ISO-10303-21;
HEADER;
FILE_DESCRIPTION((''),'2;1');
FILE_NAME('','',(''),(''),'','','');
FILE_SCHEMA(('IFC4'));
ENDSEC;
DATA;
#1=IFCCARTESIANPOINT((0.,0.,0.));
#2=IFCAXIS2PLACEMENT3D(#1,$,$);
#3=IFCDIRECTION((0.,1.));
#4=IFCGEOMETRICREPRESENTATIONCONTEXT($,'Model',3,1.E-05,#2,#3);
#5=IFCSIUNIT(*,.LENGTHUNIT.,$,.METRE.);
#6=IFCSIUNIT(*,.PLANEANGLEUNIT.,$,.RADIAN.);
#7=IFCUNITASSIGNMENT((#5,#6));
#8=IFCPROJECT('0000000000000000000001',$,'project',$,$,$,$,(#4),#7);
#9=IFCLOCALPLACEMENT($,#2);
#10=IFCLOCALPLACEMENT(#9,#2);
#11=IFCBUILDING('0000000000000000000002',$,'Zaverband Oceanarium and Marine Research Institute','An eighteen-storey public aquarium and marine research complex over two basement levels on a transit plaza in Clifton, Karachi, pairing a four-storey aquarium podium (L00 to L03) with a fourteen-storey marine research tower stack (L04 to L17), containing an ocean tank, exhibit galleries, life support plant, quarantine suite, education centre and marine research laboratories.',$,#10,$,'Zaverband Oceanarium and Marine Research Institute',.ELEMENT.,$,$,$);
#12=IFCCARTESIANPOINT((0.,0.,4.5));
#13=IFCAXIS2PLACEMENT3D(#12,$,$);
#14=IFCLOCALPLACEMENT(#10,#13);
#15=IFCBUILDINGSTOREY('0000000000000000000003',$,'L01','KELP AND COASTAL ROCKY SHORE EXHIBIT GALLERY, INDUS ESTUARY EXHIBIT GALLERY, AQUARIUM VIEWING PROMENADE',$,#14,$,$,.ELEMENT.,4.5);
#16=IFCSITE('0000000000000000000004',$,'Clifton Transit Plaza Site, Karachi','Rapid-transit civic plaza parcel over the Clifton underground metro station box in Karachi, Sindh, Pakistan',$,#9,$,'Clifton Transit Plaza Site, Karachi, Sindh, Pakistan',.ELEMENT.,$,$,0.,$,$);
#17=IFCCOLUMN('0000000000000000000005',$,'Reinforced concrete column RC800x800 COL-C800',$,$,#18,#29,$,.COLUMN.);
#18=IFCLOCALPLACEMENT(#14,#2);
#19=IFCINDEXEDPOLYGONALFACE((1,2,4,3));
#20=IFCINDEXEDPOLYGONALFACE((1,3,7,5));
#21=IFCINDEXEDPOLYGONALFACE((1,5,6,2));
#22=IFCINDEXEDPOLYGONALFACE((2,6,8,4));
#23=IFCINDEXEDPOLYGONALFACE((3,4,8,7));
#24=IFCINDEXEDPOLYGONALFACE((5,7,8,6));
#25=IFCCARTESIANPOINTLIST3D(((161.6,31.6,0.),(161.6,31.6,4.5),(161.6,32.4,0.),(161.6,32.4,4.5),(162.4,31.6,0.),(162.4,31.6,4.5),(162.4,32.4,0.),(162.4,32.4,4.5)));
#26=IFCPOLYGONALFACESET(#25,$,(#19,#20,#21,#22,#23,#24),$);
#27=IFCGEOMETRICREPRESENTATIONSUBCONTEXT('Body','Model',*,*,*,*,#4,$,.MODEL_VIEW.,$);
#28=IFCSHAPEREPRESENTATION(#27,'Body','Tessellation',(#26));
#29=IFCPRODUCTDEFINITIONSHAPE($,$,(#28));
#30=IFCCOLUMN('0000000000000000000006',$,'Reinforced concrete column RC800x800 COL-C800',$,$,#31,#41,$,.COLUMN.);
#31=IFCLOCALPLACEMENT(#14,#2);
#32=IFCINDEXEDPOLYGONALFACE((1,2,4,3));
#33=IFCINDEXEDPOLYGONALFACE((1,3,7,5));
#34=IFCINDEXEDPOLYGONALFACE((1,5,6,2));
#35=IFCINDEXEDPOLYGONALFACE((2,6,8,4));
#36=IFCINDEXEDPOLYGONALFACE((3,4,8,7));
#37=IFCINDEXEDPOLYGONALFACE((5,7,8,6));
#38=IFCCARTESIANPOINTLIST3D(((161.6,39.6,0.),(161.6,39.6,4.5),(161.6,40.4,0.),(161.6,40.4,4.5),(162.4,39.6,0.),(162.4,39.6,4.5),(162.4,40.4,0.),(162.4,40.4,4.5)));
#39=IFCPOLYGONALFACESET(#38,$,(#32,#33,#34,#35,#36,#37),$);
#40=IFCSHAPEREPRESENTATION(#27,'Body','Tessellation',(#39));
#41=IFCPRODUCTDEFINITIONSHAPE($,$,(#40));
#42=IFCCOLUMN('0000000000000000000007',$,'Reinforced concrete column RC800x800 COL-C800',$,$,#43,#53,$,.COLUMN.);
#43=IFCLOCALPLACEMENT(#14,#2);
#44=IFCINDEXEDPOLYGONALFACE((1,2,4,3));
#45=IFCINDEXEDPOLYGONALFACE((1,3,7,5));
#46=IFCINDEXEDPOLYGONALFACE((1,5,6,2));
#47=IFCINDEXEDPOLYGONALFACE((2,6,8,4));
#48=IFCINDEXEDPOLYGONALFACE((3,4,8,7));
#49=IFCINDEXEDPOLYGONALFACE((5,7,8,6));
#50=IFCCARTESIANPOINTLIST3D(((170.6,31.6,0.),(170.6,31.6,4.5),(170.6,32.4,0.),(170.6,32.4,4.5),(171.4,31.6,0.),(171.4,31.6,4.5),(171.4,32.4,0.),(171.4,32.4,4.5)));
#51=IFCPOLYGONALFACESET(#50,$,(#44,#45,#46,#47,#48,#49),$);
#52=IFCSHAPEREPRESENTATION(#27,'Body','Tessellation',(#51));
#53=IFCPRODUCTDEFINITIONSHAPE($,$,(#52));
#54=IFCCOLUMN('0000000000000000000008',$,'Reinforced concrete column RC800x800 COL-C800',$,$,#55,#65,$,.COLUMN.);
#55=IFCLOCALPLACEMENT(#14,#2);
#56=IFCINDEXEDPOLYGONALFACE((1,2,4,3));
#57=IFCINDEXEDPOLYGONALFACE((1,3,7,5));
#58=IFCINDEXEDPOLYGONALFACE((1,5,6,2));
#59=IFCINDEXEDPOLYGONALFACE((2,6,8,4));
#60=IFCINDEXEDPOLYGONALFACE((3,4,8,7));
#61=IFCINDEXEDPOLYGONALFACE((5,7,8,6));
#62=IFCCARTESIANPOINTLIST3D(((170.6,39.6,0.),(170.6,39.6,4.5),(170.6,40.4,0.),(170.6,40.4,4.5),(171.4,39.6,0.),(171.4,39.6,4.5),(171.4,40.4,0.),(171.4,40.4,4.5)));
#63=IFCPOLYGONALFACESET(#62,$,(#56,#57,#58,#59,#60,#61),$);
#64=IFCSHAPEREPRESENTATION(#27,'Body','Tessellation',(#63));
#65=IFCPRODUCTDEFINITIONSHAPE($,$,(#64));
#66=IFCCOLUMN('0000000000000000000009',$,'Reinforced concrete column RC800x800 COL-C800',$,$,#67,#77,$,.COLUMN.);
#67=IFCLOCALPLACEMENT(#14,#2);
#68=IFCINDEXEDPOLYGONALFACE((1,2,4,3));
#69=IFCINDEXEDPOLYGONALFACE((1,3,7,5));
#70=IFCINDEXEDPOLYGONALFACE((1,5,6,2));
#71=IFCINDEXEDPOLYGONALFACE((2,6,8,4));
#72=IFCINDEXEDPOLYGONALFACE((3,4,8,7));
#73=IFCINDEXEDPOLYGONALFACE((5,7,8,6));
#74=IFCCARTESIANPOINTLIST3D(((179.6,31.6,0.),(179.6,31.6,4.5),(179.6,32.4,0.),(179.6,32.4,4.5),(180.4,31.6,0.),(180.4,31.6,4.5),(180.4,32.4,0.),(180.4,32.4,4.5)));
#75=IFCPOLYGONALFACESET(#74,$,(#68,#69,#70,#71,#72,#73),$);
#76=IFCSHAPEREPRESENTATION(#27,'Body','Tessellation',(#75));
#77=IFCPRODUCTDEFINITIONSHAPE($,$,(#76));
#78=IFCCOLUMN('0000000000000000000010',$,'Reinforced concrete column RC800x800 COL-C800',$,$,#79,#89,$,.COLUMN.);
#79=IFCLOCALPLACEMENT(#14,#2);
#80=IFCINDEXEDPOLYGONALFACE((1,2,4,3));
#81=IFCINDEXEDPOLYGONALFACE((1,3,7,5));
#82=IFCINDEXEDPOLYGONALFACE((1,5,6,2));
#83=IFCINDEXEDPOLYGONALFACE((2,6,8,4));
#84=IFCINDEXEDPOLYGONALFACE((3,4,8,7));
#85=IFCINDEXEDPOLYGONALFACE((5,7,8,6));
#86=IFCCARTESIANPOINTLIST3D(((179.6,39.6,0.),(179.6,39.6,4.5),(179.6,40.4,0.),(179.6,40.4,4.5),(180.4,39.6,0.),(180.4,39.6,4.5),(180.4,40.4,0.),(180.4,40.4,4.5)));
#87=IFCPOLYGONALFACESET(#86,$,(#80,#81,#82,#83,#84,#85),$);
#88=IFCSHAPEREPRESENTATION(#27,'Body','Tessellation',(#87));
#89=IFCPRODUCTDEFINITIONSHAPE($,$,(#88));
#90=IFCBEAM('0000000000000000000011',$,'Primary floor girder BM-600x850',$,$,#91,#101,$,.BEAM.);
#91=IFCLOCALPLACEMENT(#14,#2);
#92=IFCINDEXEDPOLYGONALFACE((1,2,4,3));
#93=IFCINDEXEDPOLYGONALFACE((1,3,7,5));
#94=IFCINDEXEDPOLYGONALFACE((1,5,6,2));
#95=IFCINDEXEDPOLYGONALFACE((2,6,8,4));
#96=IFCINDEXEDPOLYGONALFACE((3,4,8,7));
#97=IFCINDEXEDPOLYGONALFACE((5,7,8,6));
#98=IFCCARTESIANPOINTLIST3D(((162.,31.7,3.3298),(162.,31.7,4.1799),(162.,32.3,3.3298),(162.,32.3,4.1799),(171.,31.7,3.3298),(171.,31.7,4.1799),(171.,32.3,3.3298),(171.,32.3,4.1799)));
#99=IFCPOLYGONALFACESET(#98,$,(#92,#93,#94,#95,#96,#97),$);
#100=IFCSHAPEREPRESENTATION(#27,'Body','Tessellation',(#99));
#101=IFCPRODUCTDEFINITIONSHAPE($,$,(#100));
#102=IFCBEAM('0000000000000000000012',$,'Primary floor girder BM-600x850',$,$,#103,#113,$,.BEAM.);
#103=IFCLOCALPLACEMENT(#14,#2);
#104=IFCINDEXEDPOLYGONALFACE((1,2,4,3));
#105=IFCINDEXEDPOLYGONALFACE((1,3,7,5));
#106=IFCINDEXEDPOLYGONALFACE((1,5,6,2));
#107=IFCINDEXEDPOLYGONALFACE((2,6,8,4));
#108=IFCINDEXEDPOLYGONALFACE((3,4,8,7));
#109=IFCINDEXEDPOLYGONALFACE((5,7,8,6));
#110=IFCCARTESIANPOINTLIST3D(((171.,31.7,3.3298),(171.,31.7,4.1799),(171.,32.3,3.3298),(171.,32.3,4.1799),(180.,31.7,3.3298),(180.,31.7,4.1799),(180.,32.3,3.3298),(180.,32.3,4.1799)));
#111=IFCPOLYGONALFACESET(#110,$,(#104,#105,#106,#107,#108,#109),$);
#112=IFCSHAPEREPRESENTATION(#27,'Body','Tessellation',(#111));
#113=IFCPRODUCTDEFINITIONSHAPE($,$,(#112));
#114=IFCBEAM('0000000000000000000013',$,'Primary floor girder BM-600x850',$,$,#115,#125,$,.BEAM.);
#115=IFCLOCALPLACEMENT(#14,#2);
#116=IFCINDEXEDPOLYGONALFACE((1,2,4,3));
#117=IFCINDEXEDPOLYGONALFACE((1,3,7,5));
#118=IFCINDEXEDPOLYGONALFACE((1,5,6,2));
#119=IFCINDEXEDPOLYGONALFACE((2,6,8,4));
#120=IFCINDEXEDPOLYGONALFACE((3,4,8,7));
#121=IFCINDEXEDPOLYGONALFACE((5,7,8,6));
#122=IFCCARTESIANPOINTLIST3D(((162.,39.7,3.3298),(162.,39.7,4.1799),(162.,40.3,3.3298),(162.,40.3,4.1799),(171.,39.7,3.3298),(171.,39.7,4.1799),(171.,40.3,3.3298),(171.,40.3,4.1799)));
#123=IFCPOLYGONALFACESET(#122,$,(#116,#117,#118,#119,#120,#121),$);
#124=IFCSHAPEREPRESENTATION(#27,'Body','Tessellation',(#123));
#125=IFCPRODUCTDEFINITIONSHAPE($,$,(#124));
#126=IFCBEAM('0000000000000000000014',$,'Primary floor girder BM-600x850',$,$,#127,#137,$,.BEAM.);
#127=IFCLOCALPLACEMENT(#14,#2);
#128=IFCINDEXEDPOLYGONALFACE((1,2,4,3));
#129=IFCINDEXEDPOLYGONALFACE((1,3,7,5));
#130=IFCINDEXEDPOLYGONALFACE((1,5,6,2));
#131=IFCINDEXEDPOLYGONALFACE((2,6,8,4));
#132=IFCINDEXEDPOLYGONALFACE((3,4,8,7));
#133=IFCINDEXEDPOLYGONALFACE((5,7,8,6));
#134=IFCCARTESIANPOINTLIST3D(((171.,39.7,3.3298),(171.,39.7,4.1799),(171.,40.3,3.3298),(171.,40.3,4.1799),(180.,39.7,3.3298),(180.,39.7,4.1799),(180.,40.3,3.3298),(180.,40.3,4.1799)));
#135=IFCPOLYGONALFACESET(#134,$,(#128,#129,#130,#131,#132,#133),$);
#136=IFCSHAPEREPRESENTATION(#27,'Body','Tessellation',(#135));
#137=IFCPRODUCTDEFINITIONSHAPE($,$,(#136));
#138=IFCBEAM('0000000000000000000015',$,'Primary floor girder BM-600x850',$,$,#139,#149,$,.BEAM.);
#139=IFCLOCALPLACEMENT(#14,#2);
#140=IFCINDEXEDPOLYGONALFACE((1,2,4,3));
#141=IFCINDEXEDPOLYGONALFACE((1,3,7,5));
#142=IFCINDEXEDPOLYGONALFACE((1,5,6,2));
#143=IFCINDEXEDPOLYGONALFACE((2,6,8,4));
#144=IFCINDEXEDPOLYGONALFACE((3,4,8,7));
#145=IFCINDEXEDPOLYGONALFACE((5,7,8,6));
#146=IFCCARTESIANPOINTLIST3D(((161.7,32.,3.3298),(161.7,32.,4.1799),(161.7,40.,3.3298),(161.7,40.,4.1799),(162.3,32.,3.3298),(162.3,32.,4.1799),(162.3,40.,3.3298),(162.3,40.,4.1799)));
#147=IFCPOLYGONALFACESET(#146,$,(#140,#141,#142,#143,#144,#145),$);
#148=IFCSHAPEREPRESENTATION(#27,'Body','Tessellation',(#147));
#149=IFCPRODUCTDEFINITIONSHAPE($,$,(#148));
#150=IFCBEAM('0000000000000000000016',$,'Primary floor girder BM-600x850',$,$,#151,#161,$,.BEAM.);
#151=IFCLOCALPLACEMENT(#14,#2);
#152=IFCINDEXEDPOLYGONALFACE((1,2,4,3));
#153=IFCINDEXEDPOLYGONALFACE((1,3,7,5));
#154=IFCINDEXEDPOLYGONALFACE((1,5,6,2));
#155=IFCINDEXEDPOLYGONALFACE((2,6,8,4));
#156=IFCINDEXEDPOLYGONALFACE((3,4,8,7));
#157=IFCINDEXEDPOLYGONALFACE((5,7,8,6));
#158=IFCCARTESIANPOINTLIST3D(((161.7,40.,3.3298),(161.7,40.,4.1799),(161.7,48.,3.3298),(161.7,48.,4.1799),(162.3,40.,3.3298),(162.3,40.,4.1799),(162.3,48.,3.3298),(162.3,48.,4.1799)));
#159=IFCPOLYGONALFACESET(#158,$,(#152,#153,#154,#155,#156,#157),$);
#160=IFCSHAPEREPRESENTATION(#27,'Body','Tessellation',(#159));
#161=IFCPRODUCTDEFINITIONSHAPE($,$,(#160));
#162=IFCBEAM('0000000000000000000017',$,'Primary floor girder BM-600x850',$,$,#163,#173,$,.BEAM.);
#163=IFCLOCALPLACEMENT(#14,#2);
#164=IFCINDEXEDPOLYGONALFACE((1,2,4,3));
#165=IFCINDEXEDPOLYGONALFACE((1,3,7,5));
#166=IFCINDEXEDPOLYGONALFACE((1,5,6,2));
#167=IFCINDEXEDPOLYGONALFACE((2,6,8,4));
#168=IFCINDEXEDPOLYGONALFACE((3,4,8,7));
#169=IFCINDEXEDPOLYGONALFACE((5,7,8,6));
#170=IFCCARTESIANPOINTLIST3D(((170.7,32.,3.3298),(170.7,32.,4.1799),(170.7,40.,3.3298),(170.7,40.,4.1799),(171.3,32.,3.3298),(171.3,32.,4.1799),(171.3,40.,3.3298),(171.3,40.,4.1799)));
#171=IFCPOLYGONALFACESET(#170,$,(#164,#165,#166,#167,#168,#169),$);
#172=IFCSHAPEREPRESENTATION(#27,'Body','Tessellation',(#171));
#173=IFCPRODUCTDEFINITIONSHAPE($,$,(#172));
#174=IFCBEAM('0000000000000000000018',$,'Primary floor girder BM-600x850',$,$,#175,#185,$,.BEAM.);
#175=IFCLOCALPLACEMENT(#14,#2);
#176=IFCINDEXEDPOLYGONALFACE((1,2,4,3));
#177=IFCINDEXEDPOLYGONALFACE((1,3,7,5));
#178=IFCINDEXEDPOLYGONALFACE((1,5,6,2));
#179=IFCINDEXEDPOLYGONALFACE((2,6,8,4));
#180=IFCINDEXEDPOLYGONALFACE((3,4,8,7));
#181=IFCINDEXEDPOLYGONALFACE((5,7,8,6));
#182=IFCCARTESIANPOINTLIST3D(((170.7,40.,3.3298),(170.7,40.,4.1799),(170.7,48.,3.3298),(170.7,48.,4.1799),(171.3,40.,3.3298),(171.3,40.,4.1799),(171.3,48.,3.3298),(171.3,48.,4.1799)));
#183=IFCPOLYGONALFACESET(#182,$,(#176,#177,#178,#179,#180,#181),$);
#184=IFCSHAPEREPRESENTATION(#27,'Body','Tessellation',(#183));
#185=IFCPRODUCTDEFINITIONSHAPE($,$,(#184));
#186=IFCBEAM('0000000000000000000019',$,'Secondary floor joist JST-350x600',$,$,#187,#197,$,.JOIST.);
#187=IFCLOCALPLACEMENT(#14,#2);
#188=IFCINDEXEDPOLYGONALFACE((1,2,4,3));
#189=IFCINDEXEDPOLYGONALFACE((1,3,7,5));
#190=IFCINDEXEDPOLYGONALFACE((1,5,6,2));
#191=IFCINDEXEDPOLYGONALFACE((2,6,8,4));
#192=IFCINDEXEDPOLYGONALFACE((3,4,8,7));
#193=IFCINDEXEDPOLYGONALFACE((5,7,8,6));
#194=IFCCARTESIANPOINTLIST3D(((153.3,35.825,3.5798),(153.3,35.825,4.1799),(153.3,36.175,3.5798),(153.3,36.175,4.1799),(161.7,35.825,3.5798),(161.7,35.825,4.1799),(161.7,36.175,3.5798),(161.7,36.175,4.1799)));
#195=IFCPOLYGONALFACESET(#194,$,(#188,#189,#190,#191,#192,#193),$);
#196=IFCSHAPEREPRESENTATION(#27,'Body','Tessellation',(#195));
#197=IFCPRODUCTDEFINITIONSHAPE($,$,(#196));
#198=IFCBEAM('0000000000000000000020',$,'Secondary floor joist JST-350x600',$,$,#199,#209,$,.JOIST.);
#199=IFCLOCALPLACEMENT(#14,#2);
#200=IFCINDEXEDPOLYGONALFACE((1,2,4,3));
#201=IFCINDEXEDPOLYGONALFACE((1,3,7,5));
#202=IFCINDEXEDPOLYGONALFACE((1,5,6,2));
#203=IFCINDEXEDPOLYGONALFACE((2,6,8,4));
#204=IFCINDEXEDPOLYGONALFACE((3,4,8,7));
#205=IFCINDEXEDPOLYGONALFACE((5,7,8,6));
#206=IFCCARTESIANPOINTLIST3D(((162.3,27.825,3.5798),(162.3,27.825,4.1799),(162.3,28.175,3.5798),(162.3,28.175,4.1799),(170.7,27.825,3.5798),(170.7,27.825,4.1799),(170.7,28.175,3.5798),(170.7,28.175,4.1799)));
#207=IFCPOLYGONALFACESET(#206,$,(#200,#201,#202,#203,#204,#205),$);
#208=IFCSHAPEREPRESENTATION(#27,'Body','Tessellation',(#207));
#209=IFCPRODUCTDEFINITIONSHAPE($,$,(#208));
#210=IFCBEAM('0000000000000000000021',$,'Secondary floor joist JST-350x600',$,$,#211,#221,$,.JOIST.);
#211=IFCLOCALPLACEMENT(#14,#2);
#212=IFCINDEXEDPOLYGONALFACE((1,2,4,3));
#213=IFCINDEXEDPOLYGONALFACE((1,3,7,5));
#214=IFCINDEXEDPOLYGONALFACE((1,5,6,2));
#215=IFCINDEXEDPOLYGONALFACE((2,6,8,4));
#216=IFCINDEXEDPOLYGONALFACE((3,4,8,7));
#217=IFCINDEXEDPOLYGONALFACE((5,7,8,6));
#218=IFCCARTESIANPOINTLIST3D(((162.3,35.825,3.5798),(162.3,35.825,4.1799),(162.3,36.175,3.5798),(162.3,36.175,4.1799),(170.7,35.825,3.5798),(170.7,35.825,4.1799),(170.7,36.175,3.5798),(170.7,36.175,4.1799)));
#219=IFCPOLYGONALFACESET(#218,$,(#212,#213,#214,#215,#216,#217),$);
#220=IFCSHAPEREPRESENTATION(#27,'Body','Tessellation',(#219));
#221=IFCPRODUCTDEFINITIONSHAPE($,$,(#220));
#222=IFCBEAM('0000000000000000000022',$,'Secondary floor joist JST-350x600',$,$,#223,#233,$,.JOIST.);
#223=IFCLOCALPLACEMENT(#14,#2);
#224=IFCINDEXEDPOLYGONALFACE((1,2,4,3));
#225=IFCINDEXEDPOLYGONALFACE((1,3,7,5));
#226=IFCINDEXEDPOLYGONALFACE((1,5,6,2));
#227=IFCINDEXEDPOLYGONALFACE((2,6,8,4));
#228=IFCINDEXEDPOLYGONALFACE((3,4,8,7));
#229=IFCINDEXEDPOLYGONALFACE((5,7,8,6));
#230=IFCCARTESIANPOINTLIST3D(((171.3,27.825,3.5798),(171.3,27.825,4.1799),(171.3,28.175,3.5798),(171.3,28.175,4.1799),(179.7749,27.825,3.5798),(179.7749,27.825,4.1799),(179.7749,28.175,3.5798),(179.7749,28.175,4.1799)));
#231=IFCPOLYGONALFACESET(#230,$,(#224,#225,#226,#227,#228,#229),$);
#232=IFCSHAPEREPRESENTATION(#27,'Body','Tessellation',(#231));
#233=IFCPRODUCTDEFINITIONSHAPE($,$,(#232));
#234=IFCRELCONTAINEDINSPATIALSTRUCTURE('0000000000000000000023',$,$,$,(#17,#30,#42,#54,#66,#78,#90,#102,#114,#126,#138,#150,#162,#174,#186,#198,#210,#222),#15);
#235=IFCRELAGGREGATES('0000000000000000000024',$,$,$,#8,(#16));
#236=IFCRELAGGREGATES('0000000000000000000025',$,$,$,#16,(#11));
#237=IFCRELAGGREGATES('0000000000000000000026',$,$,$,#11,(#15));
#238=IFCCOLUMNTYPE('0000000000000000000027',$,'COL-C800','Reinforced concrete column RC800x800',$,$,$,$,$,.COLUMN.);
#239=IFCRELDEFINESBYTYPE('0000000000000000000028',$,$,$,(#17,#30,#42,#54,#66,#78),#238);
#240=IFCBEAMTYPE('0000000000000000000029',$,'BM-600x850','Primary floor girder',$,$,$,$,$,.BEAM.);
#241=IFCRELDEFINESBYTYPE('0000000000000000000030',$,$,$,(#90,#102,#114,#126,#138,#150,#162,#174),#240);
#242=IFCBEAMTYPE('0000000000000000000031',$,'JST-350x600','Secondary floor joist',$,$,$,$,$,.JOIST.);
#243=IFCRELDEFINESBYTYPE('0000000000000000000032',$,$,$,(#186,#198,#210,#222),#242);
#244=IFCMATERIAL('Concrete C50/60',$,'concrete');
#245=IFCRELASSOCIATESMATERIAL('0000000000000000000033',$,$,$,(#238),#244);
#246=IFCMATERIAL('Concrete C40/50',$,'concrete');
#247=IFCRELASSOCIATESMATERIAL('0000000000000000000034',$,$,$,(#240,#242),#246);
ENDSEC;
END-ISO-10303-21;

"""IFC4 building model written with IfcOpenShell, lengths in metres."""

from ifc_helpers import new_model, si_unit, direction, frame, origin, origin_2d, place, context, subcontext, project, spatial, rectangle, extrude, material, material_profile, profile_set, type_object, element, save


model = new_model("IFC4")

# Units and contexts
model_context = context("Model", 3, precision=1e-05, world=origin(), true_north=direction((0.0, 1.0)))
body_context = subcontext(model_context, "Body", "Model", "MODEL_VIEW")
ifc_project = project(units=[si_unit("LENGTHUNIT", "METRE"), si_unit("PLANEANGLEUNIT", "RADIAN")], contexts=[model_context])

# Site, building, storey
site_placement = place(None, origin())
site = spatial("IfcSite", under=ifc_project, at=site_placement, Name="Clifton Transit Plaza Site, Karachi", Description="Rapid-transit civic plaza parcel over the Clifton underground metro station box in Karachi, Sindh, Pakistan", LongName="Clifton Transit Plaza Site, Karachi, Sindh, Pakistan", CompositionType="ELEMENT", RefElevation=0.0)
building_placement = place(site_placement, origin())
building = spatial("IfcBuilding", under=site, at=building_placement, Name="Zaverband Oceanarium and Marine Research Institute", Description="An eighteen-storey public aquarium and marine research complex over two basement levels on a transit plaza in Clifton, Karachi, pairing a four-storey aquarium podium (L00 to L03) with a fourteen-storey marine research tower stack (L04 to L17), containing an ocean tank, exhibit galleries, life support plant, quarantine suite, education centre and marine research laboratories.", LongName="Zaverband Oceanarium and Marine Research Institute", CompositionType="ELEMENT")
storey_placement = place(building_placement, frame((0.0, 0.0, 4.5)))
storey = spatial("IfcBuildingStorey", under=building, at=storey_placement, Name="L01", Description="KELP AND COASTAL ROCKY SHORE EXHIBIT GALLERY, INDUS ESTUARY EXHIBIT GALLERY, AQUARIUM VIEWING PROMENADE", CompositionType="ELEMENT", Elevation=4.5)

# Columns
ifc_material_1 = material(Name="Concrete C50/60", Category="concrete")
ifc_material_profile_1 = material_profile(ifc_material_1, rectangle(XDim=0.8, YDim=0.8, at=origin_2d()), Name="RC800x800")
ifc_profile_set_1 = profile_set([ifc_material_profile_1], Name="Concrete C50/60")
column_type = type_object("IfcColumnType", Name="COL-C800", Description="Reinforced concrete column RC800x800", PredefinedType="COLUMN", material=ifc_profile_set_1)
for number, where, z_axis, x_axis, name in (
    (1, (162.0, 32.0, 0.0), (0.0, 0.0, 1.0), (1.0, 0.0, 0.0), "Reinforced concrete column RC800x800 COL-C800"),
    (2, (162.0, 40.0, 0.0), (0.0, 0.0, 1.0), (1.0, 0.0, 0.0), "Reinforced concrete column RC800x800 COL-C800"),
    (3, (171.0, 32.0, 0.0), (0.0, 0.0, 1.0), (1.0, 0.0, 0.0), "Reinforced concrete column RC800x800 COL-C800"),
    (4, (171.0, 40.0, 0.0), (0.0, 0.0, 1.0), (1.0, 0.0, 0.0), "Reinforced concrete column RC800x800 COL-C800"),
    (5, (180.0, 32.0, 0.0), (0.0, 0.0, 1.0), (1.0, 0.0, 0.0), "Reinforced concrete column RC800x800 COL-C800"),
    (6, (180.0, 40.0, 0.0), (0.0, 0.0, 1.0), (1.0, 0.0, 0.0), "Reinforced concrete column RC800x800 COL-C800"),
):
    element("IfcColumn", number, at=place(storey_placement, frame(where, z_axis=z_axis, x_axis=x_axis)), inside=storey, type_object=column_type, Name=name, PredefinedType="COLUMN", context=body_context, shape_type="SweptSolid", body=[
        extrude(rectangle(XDim=0.8, YDim=0.8, at=origin_2d()), origin(), (0.0, 0.0, 1.0), 4.5),
    ])

# Beams
ifc_material_2 = material(Name="Concrete C40/50", Category="concrete")
ifc_material_profile_2 = material_profile(ifc_material_2, rectangle(XDim=0.6001, YDim=0.8501, at=origin_2d()), Name="RC600x850")
ifc_profile_set_2 = profile_set([ifc_material_profile_2], Name="Concrete C40/50")
beam_type_1 = type_object("IfcBeamType", Name="BM-600x850", Description="Primary floor girder", PredefinedType="BEAM", material=ifc_profile_set_2)
for number, where, z_axis, x_axis, name in (
    (7, (162.0, 32.0, 3.7549), (1.0, 0.0, 0.0), (0.0, 1.0, 0.0), "Primary floor girder BM-600x850"),
    (8, (171.0, 32.0, 3.7549), (1.0, 0.0, 0.0), (0.0, 1.0, 0.0), "Primary floor girder BM-600x850"),
    (9, (162.0, 40.0, 3.7549), (1.0, 0.0, 0.0), (0.0, 1.0, 0.0), "Primary floor girder BM-600x850"),
    (10, (171.0, 40.0, 3.7549), (1.0, 0.0, 0.0), (0.0, 1.0, 0.0), "Primary floor girder BM-600x850"),
):
    element("IfcBeam", number, at=place(storey_placement, frame(where, z_axis=z_axis, x_axis=x_axis)), inside=storey, type_object=beam_type_1, Name=name, PredefinedType="BEAM", context=body_context, shape_type="SweptSolid", body=[
        extrude(rectangle(XDim=0.6001, YDim=0.8501, at=origin_2d()), origin(), (0.0, 0.0, 1.0), 9.0),
    ])
for number, where, z_axis, x_axis, name in (
    (11, (162.0, 32.0, 3.7549), (0.0, 1.0, 0.0), (-1.0, 0.0, 0.0), "Primary floor girder BM-600x850"),
    (12, (162.0, 40.0, 3.7549), (0.0, 1.0, 0.0), (-1.0, 0.0, 0.0), "Primary floor girder BM-600x850"),
    (13, (171.0, 32.0, 3.7549), (0.0, 1.0, 0.0), (-1.0, 0.0, 0.0), "Primary floor girder BM-600x850"),
    (14, (171.0, 40.0, 3.7549), (0.0, 1.0, 0.0), (-1.0, 0.0, 0.0), "Primary floor girder BM-600x850"),
):
    element("IfcBeam", number, at=place(storey_placement, frame(where, z_axis=z_axis, x_axis=x_axis)), inside=storey, type_object=beam_type_1, Name=name, PredefinedType="BEAM", context=body_context, shape_type="SweptSolid", body=[
        extrude(rectangle(XDim=0.6001, YDim=0.8501, at=origin_2d()), origin(), (0.0, 0.0, 1.0), 8.0),
    ])
ifc_material_profile_3 = material_profile(ifc_material_2, rectangle(XDim=0.3501, YDim=0.6001, at=origin_2d()), Name="RC350x600")
ifc_profile_set_3 = profile_set([ifc_material_profile_3], Name="Concrete C40/50")
beam_type_2 = type_object("IfcBeamType", Name="JST-350x600", Description="Secondary floor joist", PredefinedType="JOIST", material=ifc_profile_set_3)
for number, where, z_axis, x_axis, name in (
    (15, (153.3, 36.0, 3.8799), (1.0, 0.0, 0.0), (0.0, 1.0, 0.0), "Secondary floor joist JST-350x600"),
    (16, (162.3, 28.0, 3.8799), (1.0, 0.0, 0.0), (0.0, 1.0, 0.0), "Secondary floor joist JST-350x600"),
    (17, (162.3, 36.0, 3.8799), (1.0, 0.0, 0.0), (0.0, 1.0, 0.0), "Secondary floor joist JST-350x600"),
):
    element("IfcBeam", number, at=place(storey_placement, frame(where, z_axis=z_axis, x_axis=x_axis)), inside=storey, type_object=beam_type_2, Name=name, PredefinedType="JOIST", context=body_context, shape_type="SweptSolid", body=[
        extrude(rectangle(XDim=0.3501, YDim=0.6001, at=origin_2d()), origin(), (0.0, 0.0, 1.0), 8.3999),
    ])
for number, where, z_axis, x_axis, name in (
    (18, (171.3, 28.0, 3.8799), (1.0, 0.0, 0.0), (0.0, 1.0, 0.0), "Secondary floor joist JST-350x600"),
):
    element("IfcBeam", number, at=place(storey_placement, frame(where, z_axis=z_axis, x_axis=x_axis)), inside=storey, type_object=beam_type_2, Name=name, PredefinedType="JOIST", context=body_context, shape_type="SweptSolid", body=[
        extrude(rectangle(XDim=0.3501, YDim=0.6001, at=origin_2d()), origin(), (0.0, 0.0, 1.0), 8.4749),
    ])

save(model, "model.ifc")
